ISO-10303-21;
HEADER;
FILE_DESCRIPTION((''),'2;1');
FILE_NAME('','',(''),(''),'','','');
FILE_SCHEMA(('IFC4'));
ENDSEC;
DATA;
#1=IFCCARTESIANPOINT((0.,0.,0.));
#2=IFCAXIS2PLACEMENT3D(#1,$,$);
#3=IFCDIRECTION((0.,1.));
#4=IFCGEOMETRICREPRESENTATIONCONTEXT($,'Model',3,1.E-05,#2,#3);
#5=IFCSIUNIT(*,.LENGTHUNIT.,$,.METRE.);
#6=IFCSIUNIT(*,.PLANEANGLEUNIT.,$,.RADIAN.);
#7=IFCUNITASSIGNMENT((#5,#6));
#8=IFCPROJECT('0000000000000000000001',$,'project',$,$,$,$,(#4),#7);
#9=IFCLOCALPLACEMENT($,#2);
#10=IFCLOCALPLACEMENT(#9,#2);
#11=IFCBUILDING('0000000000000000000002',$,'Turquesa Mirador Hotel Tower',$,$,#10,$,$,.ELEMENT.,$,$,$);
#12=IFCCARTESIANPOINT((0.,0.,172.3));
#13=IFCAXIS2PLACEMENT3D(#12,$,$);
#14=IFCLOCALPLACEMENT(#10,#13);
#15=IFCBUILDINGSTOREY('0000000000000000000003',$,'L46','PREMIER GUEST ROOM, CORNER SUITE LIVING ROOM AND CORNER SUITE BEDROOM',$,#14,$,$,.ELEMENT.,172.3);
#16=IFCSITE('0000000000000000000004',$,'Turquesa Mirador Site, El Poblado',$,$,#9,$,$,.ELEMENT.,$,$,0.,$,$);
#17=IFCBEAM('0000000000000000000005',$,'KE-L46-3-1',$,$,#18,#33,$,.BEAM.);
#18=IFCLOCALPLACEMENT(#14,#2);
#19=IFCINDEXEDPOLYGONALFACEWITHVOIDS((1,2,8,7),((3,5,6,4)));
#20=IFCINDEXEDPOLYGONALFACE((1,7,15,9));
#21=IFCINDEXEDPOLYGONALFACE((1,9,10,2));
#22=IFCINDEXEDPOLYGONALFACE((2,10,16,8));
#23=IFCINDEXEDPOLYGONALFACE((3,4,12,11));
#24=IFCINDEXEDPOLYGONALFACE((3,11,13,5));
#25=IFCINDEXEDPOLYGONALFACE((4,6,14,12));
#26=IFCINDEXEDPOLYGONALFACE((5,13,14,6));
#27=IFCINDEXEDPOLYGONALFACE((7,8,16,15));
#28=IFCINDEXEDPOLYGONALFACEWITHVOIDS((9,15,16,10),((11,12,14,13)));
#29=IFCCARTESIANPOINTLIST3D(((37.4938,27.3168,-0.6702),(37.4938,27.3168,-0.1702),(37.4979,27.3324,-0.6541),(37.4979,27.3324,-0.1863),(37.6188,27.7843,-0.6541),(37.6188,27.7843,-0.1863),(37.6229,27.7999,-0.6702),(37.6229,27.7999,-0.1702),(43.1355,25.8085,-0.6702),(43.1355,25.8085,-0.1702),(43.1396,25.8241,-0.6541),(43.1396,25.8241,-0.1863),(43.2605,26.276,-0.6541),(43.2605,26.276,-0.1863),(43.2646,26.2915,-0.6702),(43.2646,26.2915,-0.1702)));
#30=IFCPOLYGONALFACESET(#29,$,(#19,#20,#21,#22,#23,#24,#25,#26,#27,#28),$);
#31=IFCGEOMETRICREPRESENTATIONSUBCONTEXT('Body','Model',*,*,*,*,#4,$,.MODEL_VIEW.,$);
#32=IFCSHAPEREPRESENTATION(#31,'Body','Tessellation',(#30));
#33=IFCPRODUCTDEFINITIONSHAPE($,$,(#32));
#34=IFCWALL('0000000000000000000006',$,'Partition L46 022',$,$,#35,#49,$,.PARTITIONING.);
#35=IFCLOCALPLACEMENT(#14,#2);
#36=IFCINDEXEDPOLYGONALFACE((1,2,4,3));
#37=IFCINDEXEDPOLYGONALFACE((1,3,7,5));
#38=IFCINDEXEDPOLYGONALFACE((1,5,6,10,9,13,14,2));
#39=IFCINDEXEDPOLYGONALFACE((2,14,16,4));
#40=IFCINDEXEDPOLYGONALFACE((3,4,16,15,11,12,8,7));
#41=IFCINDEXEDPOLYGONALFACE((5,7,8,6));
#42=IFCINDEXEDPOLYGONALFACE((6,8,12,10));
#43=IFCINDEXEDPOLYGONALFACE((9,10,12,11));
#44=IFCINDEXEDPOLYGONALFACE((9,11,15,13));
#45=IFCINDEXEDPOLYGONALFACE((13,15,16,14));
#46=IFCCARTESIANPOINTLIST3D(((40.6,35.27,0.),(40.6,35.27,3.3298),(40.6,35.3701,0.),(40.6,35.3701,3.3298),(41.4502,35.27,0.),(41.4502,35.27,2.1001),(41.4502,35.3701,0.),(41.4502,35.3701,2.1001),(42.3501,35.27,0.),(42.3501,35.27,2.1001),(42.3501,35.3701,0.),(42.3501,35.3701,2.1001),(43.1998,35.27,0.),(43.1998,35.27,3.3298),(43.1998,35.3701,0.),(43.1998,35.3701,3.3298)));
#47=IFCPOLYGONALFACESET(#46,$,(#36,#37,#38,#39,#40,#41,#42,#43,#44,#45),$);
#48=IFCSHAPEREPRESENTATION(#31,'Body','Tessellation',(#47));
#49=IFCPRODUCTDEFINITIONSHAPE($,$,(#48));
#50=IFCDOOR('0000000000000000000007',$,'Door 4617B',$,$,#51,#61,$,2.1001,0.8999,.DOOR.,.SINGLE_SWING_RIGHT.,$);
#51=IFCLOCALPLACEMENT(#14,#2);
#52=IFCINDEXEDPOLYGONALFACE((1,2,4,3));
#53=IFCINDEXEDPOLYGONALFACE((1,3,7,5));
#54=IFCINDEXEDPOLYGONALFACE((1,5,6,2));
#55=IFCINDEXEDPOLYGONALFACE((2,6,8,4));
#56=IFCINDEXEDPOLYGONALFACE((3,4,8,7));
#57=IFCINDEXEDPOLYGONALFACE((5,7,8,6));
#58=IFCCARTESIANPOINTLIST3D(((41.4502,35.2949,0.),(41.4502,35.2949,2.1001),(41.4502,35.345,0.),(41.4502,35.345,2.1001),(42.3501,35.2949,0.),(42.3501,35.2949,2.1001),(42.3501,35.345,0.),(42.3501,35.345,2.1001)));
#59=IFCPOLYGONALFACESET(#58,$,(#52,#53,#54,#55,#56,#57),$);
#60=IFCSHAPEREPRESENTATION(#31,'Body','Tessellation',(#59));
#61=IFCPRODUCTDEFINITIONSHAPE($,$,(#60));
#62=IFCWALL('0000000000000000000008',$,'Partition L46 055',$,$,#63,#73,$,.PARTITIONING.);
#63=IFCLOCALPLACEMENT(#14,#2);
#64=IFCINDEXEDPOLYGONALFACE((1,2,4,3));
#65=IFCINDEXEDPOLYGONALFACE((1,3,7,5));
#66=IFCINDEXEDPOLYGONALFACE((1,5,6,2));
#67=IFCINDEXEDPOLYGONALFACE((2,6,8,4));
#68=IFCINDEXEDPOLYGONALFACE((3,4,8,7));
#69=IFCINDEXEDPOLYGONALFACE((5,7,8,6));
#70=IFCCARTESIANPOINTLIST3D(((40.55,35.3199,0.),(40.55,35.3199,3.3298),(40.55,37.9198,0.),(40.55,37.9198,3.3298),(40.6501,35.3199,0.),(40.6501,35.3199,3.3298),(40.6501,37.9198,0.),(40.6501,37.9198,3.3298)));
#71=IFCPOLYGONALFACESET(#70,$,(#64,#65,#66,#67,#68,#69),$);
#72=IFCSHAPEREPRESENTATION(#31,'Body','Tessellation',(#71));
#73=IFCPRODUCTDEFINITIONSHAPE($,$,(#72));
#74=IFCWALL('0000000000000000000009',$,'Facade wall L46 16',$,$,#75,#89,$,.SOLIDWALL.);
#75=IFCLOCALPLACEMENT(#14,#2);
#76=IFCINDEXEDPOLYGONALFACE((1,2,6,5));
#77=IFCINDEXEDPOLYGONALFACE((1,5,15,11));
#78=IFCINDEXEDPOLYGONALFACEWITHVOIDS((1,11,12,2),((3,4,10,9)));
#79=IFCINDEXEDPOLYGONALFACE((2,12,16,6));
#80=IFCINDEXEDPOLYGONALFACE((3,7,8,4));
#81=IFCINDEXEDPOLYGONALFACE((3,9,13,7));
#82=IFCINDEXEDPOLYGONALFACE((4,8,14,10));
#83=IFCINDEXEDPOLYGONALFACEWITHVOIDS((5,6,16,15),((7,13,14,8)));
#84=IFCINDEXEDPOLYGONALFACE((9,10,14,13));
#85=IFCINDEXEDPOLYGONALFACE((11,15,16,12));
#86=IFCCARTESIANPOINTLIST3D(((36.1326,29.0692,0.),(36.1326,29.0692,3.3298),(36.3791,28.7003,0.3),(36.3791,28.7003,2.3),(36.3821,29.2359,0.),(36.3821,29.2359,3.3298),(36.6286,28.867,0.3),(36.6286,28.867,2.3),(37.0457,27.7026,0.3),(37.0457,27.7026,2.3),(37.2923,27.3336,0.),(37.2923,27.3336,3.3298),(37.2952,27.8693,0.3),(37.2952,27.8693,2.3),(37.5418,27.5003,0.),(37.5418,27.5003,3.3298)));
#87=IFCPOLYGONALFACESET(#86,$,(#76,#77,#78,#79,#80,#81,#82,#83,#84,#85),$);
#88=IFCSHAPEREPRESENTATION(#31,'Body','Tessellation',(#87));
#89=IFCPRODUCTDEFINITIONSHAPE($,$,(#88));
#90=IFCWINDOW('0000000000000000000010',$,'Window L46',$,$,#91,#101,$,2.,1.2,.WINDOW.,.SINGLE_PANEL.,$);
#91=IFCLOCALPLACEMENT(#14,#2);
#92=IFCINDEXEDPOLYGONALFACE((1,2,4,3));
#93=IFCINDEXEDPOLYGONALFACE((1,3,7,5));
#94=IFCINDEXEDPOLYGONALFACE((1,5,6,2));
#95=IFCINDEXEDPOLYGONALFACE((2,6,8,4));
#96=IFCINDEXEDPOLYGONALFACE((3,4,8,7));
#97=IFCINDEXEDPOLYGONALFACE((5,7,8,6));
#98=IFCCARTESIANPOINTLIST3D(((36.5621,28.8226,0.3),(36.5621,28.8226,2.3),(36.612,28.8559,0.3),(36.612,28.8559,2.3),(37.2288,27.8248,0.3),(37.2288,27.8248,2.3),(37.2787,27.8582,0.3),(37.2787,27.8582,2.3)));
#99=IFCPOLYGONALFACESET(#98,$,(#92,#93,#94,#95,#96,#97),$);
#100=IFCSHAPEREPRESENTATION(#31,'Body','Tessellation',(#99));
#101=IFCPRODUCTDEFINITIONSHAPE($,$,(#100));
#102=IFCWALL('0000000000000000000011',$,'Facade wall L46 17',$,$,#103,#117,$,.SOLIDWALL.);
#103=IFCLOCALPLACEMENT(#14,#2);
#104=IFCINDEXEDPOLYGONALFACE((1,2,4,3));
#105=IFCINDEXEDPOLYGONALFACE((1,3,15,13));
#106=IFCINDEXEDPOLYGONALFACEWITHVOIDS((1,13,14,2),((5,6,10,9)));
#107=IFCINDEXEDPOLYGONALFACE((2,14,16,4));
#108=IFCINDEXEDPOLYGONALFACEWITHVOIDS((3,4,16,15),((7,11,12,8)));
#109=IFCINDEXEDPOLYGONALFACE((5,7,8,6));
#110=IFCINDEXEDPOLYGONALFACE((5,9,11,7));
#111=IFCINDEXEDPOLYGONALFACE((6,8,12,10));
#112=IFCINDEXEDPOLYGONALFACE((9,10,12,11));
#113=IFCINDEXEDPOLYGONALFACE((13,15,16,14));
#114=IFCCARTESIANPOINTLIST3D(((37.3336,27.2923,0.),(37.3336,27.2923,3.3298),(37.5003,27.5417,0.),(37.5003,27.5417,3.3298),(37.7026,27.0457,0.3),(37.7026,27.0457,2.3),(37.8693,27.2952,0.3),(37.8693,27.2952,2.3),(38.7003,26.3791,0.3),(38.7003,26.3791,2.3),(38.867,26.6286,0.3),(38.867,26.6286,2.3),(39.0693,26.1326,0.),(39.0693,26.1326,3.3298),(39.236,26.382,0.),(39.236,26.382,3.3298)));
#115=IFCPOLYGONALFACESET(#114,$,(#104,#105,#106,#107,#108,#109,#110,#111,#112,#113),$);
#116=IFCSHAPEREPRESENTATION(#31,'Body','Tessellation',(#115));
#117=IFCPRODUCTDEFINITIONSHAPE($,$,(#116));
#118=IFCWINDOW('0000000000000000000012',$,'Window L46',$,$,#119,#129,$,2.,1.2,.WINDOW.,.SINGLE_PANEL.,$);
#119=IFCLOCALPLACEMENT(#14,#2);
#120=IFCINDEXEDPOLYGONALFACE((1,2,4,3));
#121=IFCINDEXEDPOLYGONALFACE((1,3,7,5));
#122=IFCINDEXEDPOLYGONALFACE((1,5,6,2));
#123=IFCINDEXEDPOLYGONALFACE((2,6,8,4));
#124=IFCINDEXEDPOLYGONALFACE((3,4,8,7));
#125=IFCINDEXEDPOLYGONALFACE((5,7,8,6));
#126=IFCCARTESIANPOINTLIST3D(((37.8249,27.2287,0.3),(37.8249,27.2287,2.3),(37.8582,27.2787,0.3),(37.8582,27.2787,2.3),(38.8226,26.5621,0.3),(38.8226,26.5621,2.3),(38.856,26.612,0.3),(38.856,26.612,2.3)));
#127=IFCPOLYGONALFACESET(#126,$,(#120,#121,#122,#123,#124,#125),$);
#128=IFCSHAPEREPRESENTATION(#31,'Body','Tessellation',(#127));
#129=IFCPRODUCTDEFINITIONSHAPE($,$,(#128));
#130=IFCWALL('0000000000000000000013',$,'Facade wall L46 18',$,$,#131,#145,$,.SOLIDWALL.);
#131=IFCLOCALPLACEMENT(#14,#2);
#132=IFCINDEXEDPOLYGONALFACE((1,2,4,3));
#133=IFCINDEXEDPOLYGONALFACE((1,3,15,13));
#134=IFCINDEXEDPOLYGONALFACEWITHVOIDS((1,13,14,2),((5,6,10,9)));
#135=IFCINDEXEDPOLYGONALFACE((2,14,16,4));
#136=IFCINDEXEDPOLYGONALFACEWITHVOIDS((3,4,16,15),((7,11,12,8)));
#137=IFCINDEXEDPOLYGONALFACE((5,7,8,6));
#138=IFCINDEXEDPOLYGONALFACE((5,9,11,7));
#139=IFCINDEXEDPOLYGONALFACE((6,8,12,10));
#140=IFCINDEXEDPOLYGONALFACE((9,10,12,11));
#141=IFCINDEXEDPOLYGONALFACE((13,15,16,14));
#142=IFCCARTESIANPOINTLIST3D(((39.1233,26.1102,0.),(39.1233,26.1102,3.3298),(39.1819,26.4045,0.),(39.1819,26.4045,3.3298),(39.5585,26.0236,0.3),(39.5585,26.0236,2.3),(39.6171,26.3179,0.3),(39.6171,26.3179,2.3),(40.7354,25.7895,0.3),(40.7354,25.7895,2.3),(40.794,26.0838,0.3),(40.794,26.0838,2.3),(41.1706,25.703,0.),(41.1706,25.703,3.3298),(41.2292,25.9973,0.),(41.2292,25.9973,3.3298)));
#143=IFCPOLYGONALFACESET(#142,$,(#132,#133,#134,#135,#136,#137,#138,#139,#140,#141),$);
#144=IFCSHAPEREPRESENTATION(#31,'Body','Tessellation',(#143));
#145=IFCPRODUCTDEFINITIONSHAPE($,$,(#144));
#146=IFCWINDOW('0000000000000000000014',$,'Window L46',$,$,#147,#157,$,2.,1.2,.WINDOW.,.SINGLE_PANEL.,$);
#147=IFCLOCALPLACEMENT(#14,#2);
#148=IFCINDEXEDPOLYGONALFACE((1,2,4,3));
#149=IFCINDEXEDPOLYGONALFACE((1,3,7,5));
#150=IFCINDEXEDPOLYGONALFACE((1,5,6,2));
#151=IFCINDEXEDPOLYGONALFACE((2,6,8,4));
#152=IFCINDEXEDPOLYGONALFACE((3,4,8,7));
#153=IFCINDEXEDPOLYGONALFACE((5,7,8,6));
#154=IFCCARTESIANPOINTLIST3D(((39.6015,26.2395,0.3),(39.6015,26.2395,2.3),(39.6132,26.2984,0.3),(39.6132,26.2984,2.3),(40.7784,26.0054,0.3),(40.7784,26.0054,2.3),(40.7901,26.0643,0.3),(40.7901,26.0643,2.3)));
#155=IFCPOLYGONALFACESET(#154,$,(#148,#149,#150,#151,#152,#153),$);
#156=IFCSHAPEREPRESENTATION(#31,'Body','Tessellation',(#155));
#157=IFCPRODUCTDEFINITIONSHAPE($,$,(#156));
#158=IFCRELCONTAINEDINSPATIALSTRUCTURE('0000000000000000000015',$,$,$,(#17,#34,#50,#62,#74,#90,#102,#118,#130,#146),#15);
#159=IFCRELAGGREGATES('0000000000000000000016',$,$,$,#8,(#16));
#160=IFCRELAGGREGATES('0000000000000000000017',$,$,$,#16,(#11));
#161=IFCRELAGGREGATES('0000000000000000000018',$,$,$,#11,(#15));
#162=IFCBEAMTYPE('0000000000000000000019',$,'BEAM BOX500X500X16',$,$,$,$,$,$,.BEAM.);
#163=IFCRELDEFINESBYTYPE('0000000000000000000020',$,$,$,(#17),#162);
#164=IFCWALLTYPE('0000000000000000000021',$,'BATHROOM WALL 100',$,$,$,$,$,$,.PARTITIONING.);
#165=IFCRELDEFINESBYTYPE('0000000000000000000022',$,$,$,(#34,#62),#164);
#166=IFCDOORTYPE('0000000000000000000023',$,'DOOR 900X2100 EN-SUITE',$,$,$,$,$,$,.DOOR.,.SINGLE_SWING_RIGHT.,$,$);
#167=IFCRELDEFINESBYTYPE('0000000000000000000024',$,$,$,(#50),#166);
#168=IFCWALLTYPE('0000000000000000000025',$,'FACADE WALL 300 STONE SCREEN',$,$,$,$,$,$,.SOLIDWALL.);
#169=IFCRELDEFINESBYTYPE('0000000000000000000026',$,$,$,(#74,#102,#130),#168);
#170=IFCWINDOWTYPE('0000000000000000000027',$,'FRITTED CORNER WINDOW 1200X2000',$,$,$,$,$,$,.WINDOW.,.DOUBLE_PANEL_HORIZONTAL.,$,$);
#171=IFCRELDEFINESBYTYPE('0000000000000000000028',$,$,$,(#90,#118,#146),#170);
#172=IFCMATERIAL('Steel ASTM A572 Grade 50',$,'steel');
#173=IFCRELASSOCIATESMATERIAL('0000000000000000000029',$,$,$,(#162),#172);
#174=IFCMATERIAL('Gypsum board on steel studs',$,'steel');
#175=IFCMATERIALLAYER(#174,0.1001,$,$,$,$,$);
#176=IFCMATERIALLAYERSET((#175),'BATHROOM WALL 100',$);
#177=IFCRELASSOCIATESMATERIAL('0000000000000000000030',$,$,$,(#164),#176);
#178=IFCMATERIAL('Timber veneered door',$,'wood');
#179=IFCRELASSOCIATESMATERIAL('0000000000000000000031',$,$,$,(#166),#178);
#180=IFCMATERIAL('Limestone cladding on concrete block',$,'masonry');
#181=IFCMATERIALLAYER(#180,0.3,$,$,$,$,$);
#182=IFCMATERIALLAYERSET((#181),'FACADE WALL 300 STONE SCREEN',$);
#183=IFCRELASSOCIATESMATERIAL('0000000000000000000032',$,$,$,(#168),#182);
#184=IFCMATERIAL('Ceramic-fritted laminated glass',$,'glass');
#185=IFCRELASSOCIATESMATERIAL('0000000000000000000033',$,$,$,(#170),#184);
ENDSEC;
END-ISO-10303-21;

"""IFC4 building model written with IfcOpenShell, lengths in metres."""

from ifc_helpers import new_model, si_unit, direction, frame, frame_2d, origin, origin_2d, place, context, subcontext, project, spatial, rectangle, hollow_rectangle, extrude, material, layer, layer_set, material_profile, profile_set, type_object, element, fill, save


model = new_model("IFC4")

# Units and contexts
model_context = context("Model", 3, precision=1e-05, world=origin(), true_north=direction((0.0, 1.0)))
body_context = subcontext(model_context, "Body", "Model", "MODEL_VIEW")
ifc_project = project(units=[si_unit("LENGTHUNIT", "METRE"), si_unit("PLANEANGLEUNIT", "RADIAN")], contexts=[model_context])

# Site, building, storey
site_placement = place(None, origin())
site = spatial("IfcSite", under=ifc_project, at=site_placement, Name="Turquesa Mirador Site, El Poblado", CompositionType="ELEMENT", RefElevation=0.0)
building_placement = place(site_placement, origin())
building = spatial("IfcBuilding", under=site, at=building_placement, Name="Turquesa Mirador Hotel Tower", CompositionType="ELEMENT")
storey_placement = place(building_placement, frame((0.0, 0.0, 172.3)))
storey = spatial("IfcBuildingStorey", under=building, at=storey_placement, Name="L46", Description="PREMIER GUEST ROOM, CORNER SUITE LIVING ROOM AND CORNER SUITE BEDROOM", CompositionType="ELEMENT", Elevation=172.3)

# Beam
ifc_material_1 = material(Name="Steel ASTM A572 Grade 50", Category="steel")
ifc_material_profile = material_profile(ifc_material_1, hollow_rectangle(XDim=0.5, YDim=0.5, WallThickness=0.0161, at=origin_2d()), Name="BOX500X500X16")
ifc_profile_set = profile_set([ifc_material_profile], Name="Steel ASTM A572 Grade 50")
beam_type = type_object("IfcBeamType", Name="BEAM BOX500X500X16", PredefinedType="BEAM", material=ifc_profile_set)
beam_placement = place(storey_placement, frame((37.5583, 27.5583, -0.4202), z_axis=(0.96607, -0.258282, 0.0), x_axis=(0.258282, 0.96607, 0.0)))
element("IfcBeam", 1, at=beam_placement, inside=storey, type_object=beam_type, Name="KE-L46-3-1", PredefinedType="BEAM", context=body_context, shape_type="SweptSolid", body=[
    extrude(hollow_rectangle(XDim=0.5, YDim=0.5, WallThickness=0.0161, at=origin_2d()), origin(), (0.0, 0.0, 1.0), 5.8398),
])

# Wall, opening, door
ifc_material_2 = material(Name="Gypsum board on steel studs", Category="steel")
ifc_layer_1 = layer(ifc_material_2, 0.1001)
ifc_layer_set_1 = layer_set([ifc_layer_1], Name="BATHROOM WALL 100")
wall_type_1 = type_object("IfcWallType", Name="BATHROOM WALL 100", PredefinedType="PARTITIONING", material=ifc_layer_set_1)
wall_1_placement = place(storey_placement, frame((40.6001, 35.3201, 0.0), z_axis=(0.0, 0.0, 1.0), x_axis=(1.0, 0.0, 0.0)))
wall_1 = element("IfcWall", 2, at=wall_1_placement, inside=storey, type_object=wall_type_1, Name="Partition L46 022", PredefinedType="PARTITIONING", context=body_context, shape_type="SweptSolid", body=[
    extrude(rectangle(XDim=2.5999, YDim=0.1001, at=frame_2d((1.2998, 0.0))), origin(), (0.0, 0.0, 1.0), 3.3298),
])
opening_1_placement = place(wall_1_placement, frame((0.8501, 0.0, 0.0)))
opening_1 = element("IfcOpeningElement", 3, at=opening_1_placement, cuts=wall_1, PredefinedType="OPENING", context=body_context, shape_type="SweptSolid", body=[
    extrude(rectangle(XDim=0.8999, YDim=2.1001, at=frame_2d((0.45, 1.05))), frame((0.0, 0.0601, 0.0), z_axis=(0.0, -1.0, 0.0), x_axis=(1.0, 0.0, 0.0)), (0.0, 0.0, 1.0), 0.1201),
])
ifc_material_3 = material(Name="Timber veneered door", Category="wood")
door_type_1 = type_object("IfcDoorType", Name="DOOR 900X2100 EN-SUITE", OperationType="SINGLE_SWING_RIGHT", PredefinedType="DOOR", material=ifc_material_3)
door_1_placement = place(opening_1_placement, origin())
door_1 = element("IfcDoor", 4, at=door_1_placement, inside=storey, type_object=door_type_1, Name="Door 4617B", OperationType="SINGLE_SWING_RIGHT", OverallHeight=2.1001, OverallWidth=0.8999, PredefinedType="DOOR", context=body_context, shape_type="SweptSolid", body=[
    extrude(rectangle(XDim=0.8999, YDim=2.1001, at=frame_2d((0.45, 1.05))), frame((0.0, 0.0249, 0.0), z_axis=(0.0, -1.0, 0.0), x_axis=(1.0, 0.0, 0.0)), (0.0, 0.0, 1.0), 0.05),
])
fill(opening_1, door_1)

# Wall
wall_2_placement = place(storey_placement, frame((40.6001, 35.3201, 0.0), z_axis=(0.0, 0.0, 1.0), x_axis=(0.0, 1.0, 0.0)))
element("IfcWall", 5, at=wall_2_placement, inside=storey, type_object=wall_type_1, Name="Partition L46 055", PredefinedType="PARTITIONING", context=body_context, shape_type="SweptSolid", body=[
    extrude(rectangle(XDim=2.5999, YDim=0.1001, at=frame_2d((1.2998, 0.0))), origin(), (0.0, 0.0, 1.0), 3.3298),
])

# Walls, openings, windows
ifc_material_4 = material(Name="Limestone cladding on concrete block", Category="masonry")
ifc_layer_2 = layer(ifc_material_4, 0.3)
ifc_layer_set_2 = layer_set([ifc_layer_2], Name="FACADE WALL 300 STONE SCREEN")
wall_type_2 = type_object("IfcWallType", Name="FACADE WALL 300 STONE SCREEN", PredefinedType="SOLIDWALL", material=ifc_layer_set_2)
wall_3_placement = place(storey_placement, frame((36.2573, 29.1526, 0.0), z_axis=(0.0, 0.0, 1.0), x_axis=(0.555564, -0.831474, 0.0)))
wall_3 = element("IfcWall", 6, at=wall_3_placement, inside=storey, type_object=wall_type_2, Name="Facade wall L46 16", PredefinedType="SOLIDWALL", context=body_context, shape_type="SweptSolid", body=[
    extrude(rectangle(XDim=2.0874, YDim=0.3, at=frame_2d((1.0437, 0.0))), origin(), (0.0, 0.0, 1.0), 3.3298),
])
opening_2_placement = place(wall_3_placement, frame((0.4436, 0.0, 0.3)))
opening_2 = element("IfcOpeningElement", 7, at=opening_2_placement, cuts=wall_3, PredefinedType="OPENING", context=body_context, shape_type="SweptSolid", body=[
    extrude(rectangle(XDim=1.2, YDim=2.0, at=frame_2d((0.6001, 1.0))), frame((0.0, 0.1599, 0.0), z_axis=(0.0, -1.0, 0.0), x_axis=(1.0, 0.0, 0.0)), (0.0, 0.0, 1.0), 0.3201),
])
ifc_material_5 = material(Name="Ceramic-fritted laminated glass", Category="glass")
window_type_1 = type_object("IfcWindowType", Name="FRITTED CORNER WINDOW 1200X2000", PartitioningType="DOUBLE_PANEL_HORIZONTAL", PredefinedType="WINDOW", material=ifc_material_5)
window_1_placement = place(opening_2_placement, origin())
window_1 = element("IfcWindow", 8, at=window_1_placement, inside=storey, type_object=window_type_1, Name="Window L46", OverallHeight=2.0, OverallWidth=1.2, PartitioningType="SINGLE_PANEL", PredefinedType="WINDOW", context=body_context, shape_type="SweptSolid", body=[
    extrude(rectangle(XDim=1.2, YDim=2.0, at=frame_2d((0.6001, 1.0))), frame((0.0, 0.1301, 0.0), z_axis=(0.0, -1.0, 0.0), x_axis=(1.0, 0.0, 0.0)), (0.0, 0.0, 1.0), 0.0601),
])
fill(opening_2, window_1)
wall_4_placement = place(storey_placement, frame((37.417, 27.417, 0.0), z_axis=(0.0, 0.0, 1.0), x_axis=(0.831474, -0.555564, 0.0)))
wall_4 = element("IfcWall", 9, at=wall_4_placement, inside=storey, type_object=wall_type_2, Name="Facade wall L46 17", PredefinedType="SOLIDWALL", context=body_context, shape_type="SweptSolid", body=[
    extrude(rectangle(XDim=2.0874, YDim=0.3, at=frame_2d((1.0437, 0.0))), origin(), (0.0, 0.0, 1.0), 3.3298),
])
opening_3_placement = place(wall_4_placement, frame((0.4436, 0.0, 0.3)))
opening_3 = element("IfcOpeningElement", 10, at=opening_3_placement, cuts=wall_4, PredefinedType="OPENING", context=body_context, shape_type="SweptSolid", body=[
    extrude(rectangle(XDim=1.2, YDim=2.0, at=frame_2d((0.6001, 1.0))), frame((0.0, 0.1599, 0.0), z_axis=(0.0, -1.0, 0.0), x_axis=(1.0, 0.0, 0.0)), (0.0, 0.0, 1.0), 0.3201),
])
window_2_placement = place(opening_3_placement, origin())
window_2 = element("IfcWindow", 11, at=window_2_placement, inside=storey, type_object=window_type_1, Name="Window L46", OverallHeight=2.0, OverallWidth=1.2, PartitioningType="SINGLE_PANEL", PredefinedType="WINDOW", context=body_context, shape_type="SweptSolid", body=[
    extrude(rectangle(XDim=1.2, YDim=2.0, at=frame_2d((0.6001, 1.0))), frame((0.0, 0.1301, 0.0), z_axis=(0.0, -1.0, 0.0), x_axis=(1.0, 0.0, 0.0)), (0.0, 0.0, 1.0), 0.0601),
])
fill(opening_3, window_2)
wall_5_placement = place(storey_placement, frame((39.1526, 26.2573, 0.0), z_axis=(0.0, 0.0, 1.0), x_axis=(0.980787, -0.195081, 0.0)))
wall_5 = element("IfcWall", 12, at=wall_5_placement, inside=storey, type_object=wall_type_2, Name="Facade wall L46 18", PredefinedType="SOLIDWALL", context=body_context, shape_type="SweptSolid", body=[
    extrude(rectangle(XDim=2.0874, YDim=0.3, at=frame_2d((1.0437, 0.0))), origin(), (0.0, 0.0, 1.0), 3.3298),
])
opening_4_placement = place(wall_5_placement, frame((0.4436, 0.0, 0.3)))
opening_4 = element("IfcOpeningElement", 13, at=opening_4_placement, cuts=wall_5, PredefinedType="OPENING", context=body_context, shape_type="SweptSolid", body=[
    extrude(rectangle(XDim=1.2, YDim=2.0, at=frame_2d((0.6001, 1.0))), frame((0.0, 0.1599, 0.0), z_axis=(0.0, -1.0, 0.0), x_axis=(1.0, 0.0, 0.0)), (0.0, 0.0, 1.0), 0.3201),
])
window_3_placement = place(opening_4_placement, origin())
window_3 = element("IfcWindow", 14, at=window_3_placement, inside=storey, type_object=window_type_1, Name="Window L46", OverallHeight=2.0, OverallWidth=1.2, PartitioningType="SINGLE_PANEL", PredefinedType="WINDOW", context=body_context, shape_type="SweptSolid", body=[
    extrude(rectangle(XDim=1.2, YDim=2.0, at=frame_2d((0.6001, 1.0))), frame((0.0, 0.1301, 0.0), z_axis=(0.0, -1.0, 0.0), x_axis=(1.0, 0.0, 0.0)), (0.0, 0.0, 1.0), 0.0601),
])
fill(opening_4, window_3)

save(model, "model.ifc")
